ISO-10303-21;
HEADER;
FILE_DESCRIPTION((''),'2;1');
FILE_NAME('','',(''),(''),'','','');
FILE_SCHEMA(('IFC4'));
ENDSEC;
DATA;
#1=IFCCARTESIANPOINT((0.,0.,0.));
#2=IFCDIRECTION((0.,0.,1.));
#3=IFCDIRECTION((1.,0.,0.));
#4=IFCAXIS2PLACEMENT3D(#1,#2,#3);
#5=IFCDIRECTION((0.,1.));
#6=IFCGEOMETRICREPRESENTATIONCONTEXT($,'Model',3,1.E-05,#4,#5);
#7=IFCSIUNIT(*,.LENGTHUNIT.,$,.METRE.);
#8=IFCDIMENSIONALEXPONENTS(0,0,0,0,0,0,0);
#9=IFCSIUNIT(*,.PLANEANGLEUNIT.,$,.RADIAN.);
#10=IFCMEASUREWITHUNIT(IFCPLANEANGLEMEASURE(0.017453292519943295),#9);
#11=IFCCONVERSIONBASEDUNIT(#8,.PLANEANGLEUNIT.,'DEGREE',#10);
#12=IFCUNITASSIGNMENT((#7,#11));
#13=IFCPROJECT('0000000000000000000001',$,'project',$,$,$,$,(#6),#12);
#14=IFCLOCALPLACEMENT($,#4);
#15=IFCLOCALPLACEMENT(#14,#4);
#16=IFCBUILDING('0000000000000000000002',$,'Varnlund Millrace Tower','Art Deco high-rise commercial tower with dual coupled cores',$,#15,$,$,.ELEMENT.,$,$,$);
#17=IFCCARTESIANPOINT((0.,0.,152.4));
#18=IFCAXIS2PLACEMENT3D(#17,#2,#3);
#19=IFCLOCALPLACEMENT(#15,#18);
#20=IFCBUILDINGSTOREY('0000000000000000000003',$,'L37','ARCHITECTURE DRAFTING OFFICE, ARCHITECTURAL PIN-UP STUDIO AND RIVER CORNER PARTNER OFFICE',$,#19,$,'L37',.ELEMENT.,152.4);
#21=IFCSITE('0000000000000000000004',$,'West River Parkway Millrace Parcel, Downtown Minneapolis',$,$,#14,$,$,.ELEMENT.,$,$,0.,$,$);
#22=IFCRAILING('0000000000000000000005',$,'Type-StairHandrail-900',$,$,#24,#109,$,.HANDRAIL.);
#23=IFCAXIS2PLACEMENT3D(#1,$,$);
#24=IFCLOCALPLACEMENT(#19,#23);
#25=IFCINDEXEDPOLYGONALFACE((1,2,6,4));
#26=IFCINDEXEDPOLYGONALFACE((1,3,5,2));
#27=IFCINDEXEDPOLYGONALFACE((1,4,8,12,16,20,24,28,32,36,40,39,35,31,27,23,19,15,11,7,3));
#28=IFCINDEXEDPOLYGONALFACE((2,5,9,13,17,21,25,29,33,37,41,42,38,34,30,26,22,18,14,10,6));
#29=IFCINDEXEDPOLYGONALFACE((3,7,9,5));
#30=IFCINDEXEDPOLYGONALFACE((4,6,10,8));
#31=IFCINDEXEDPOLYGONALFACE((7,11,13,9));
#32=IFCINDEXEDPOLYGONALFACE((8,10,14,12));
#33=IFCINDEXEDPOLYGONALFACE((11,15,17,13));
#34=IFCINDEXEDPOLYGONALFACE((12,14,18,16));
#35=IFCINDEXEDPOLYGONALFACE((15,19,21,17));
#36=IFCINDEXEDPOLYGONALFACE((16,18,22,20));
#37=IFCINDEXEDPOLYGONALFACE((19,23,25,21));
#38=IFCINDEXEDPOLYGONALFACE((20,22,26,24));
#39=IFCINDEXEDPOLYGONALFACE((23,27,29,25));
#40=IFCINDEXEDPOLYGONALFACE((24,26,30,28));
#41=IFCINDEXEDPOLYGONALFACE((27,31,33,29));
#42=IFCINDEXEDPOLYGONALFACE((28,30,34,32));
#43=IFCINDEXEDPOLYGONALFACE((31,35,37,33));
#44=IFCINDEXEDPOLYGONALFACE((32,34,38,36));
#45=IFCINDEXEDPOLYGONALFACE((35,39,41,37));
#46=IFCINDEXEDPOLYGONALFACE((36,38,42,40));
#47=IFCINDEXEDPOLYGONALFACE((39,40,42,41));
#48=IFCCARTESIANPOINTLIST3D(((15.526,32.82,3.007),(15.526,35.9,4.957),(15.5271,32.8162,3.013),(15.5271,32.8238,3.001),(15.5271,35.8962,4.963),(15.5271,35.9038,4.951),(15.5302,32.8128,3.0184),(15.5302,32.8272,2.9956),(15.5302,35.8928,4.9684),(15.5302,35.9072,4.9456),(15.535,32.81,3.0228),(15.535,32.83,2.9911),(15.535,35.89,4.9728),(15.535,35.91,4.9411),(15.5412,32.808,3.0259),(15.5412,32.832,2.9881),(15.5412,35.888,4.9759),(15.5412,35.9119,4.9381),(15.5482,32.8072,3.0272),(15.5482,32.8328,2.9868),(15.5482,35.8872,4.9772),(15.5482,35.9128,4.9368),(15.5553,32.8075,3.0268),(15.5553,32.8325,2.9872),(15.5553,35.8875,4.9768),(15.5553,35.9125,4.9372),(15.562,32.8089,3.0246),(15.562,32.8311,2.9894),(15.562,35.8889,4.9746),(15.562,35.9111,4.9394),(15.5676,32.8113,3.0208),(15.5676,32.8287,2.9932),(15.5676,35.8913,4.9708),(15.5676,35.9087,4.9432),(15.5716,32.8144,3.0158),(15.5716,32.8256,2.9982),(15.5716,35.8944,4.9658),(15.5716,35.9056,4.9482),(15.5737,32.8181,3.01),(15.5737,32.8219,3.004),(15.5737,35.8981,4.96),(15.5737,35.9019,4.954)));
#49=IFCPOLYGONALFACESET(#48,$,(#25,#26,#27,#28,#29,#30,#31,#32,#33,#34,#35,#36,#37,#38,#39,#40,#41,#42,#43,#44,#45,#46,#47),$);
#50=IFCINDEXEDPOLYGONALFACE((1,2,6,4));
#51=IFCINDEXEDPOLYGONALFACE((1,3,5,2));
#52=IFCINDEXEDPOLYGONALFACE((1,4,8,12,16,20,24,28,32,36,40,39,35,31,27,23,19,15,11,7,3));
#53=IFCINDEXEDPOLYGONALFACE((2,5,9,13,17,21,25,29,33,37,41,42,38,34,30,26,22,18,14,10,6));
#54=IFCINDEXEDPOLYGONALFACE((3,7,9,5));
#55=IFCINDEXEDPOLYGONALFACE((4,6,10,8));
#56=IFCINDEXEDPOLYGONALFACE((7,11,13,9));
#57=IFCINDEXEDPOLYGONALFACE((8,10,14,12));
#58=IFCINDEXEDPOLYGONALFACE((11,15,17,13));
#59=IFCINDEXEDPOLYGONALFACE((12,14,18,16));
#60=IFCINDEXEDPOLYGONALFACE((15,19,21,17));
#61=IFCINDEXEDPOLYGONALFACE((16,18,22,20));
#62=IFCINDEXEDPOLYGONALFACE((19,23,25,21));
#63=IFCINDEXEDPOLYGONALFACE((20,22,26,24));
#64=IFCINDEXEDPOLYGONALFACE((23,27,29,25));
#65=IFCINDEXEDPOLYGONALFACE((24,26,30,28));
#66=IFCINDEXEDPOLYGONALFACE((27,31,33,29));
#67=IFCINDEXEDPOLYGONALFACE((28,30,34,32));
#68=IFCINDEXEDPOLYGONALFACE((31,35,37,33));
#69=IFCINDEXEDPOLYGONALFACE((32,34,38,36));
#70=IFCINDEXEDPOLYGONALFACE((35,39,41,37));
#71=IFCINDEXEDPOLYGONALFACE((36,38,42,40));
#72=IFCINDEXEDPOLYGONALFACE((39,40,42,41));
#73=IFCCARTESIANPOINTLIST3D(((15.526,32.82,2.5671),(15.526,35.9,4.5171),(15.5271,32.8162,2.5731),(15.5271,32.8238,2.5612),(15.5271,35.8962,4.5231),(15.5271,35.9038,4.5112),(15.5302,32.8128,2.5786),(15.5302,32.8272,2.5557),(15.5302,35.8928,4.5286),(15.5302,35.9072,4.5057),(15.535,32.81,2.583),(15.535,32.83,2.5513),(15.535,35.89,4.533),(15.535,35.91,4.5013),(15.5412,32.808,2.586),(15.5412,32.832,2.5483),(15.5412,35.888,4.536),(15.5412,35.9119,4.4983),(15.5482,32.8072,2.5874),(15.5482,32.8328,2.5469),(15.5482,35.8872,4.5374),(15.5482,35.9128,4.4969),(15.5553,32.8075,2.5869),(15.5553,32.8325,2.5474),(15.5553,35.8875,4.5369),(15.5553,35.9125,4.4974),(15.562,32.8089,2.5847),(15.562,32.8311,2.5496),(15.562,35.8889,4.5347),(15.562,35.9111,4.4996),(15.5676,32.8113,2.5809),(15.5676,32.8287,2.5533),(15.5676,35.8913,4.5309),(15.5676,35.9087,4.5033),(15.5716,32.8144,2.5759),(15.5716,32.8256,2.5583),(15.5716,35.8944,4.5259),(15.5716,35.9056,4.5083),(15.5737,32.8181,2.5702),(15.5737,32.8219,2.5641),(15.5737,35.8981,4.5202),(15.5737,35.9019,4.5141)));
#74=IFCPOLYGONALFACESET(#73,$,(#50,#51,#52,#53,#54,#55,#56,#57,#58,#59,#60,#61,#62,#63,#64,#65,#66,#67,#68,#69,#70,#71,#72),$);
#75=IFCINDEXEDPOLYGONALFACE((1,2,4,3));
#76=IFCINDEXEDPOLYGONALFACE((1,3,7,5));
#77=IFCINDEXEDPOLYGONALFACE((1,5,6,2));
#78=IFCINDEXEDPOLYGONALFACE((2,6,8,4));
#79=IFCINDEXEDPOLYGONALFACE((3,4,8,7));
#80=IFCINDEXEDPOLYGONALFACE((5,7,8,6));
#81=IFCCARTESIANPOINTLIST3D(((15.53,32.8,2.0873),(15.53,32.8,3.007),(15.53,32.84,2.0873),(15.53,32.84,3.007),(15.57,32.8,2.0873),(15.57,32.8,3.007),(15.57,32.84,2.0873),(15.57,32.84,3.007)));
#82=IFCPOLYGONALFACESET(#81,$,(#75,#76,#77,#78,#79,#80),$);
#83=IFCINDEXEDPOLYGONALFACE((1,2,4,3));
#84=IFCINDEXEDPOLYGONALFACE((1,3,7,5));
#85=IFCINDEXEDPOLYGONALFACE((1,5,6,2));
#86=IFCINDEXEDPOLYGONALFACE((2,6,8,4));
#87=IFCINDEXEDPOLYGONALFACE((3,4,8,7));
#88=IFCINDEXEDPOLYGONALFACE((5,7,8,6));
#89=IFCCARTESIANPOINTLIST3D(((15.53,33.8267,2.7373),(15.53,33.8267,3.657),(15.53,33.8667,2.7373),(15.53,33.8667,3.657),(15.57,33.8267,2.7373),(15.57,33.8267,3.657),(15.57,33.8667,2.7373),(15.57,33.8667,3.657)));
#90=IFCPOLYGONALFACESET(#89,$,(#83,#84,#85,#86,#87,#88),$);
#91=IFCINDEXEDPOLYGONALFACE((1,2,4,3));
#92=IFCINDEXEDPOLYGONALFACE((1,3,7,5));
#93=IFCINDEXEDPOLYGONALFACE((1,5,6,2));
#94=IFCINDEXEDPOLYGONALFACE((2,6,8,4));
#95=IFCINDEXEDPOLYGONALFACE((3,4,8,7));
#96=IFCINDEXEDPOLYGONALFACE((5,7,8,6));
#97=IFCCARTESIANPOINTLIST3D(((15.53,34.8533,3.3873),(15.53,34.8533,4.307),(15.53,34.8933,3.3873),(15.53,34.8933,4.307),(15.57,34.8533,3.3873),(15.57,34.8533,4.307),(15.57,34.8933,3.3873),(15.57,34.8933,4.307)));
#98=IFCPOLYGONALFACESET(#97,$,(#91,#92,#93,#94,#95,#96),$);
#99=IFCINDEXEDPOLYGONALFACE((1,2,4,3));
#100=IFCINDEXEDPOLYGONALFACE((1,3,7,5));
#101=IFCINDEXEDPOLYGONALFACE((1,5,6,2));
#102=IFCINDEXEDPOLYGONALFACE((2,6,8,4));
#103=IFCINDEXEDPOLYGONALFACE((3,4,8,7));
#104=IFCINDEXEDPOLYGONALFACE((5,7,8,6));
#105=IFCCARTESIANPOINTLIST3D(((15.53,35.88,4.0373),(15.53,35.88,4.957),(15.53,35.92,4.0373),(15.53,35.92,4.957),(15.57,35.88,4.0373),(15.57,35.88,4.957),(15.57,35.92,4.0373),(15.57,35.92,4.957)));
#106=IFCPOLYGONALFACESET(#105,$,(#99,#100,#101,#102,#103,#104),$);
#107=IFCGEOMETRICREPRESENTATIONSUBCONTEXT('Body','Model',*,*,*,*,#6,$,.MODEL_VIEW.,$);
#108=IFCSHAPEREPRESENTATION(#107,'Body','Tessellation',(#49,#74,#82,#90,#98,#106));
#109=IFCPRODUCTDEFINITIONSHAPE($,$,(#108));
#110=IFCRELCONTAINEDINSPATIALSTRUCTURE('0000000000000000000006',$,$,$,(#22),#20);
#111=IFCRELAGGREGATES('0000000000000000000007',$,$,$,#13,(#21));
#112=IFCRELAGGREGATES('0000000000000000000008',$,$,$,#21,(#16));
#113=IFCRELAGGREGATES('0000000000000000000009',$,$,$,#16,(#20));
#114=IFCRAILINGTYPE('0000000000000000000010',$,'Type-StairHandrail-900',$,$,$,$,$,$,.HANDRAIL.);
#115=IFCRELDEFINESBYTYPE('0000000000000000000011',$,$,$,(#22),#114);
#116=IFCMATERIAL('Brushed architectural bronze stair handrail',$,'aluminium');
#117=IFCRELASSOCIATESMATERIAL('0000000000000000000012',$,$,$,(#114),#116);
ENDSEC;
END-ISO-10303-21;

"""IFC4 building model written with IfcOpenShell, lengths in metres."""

from ifc_helpers import new_model, entity, si_unit, converted_unit, direction, frame, origin_with_axes, origin_2d_with_axis, place, context, subcontext, project, spatial, rectangle, circle, extrude, material, type_object, element, save


model = new_model("IFC4")

# Units and contexts
model_context = context("Model", 3, precision=1e-05, world=origin_with_axes(), true_north=direction((0.0, 1.0)))
body_context = subcontext(model_context, "Body", "Model", "MODEL_VIEW")
ifc_project = project(units=[si_unit("LENGTHUNIT", "METRE"), converted_unit("PLANEANGLEUNIT", "DEGREE", entity("IfcPlaneAngleMeasure", 0.017453292519943295), si_unit("PLANEANGLEUNIT", "RADIAN"), dimensions=[0, 0, 0, 0, 0, 0, 0])], contexts=[model_context])

# Site, building, storey
site_placement = place(None, origin_with_axes())
site = spatial("IfcSite", under=ifc_project, at=site_placement, Name="West River Parkway Millrace Parcel, Downtown Minneapolis", CompositionType="ELEMENT", RefElevation=0.0)
building_placement = place(site_placement, origin_with_axes())
building = spatial("IfcBuilding", under=site, at=building_placement, Name="Varnlund Millrace Tower", Description="Art Deco high-rise commercial tower with dual coupled cores", CompositionType="ELEMENT")
storey_placement = place(building_placement, frame((0.0, 0.0, 152.4), z_axis=(0.0, 0.0, 1.0), x_axis=(1.0, 0.0, 0.0)))
storey = spatial("IfcBuildingStorey", under=building, at=storey_placement, Name="L37", Description="ARCHITECTURE DRAFTING OFFICE, ARCHITECTURAL PIN-UP STUDIO AND RIVER CORNER PARTNER OFFICE", LongName="L37", CompositionType="ELEMENT", Elevation=152.4)

# Railing
ifc_material_1 = material(Name="Brushed architectural bronze stair handrail", Category="aluminium")
railing_type_1 = type_object("IfcRailingType", Name="Type-StairHandrail-900", PredefinedType="HANDRAIL", material=ifc_material_1)
railing_1_placement = place(storey_placement, frame((0.0, 0.0, -152.4), z_axis=(0.0, 0.0, 1.0), x_axis=(1.0, 0.0, 0.0)))
element("IfcRailing", 1, at=railing_1_placement, inside=storey, type_object=railing_type_1, Name="Type-StairHandrail-900", PredefinedType="HANDRAIL", context=body_context, shape_type="SweptSolid", body=[
    extrude(circle(Radius=0.024, at=origin_2d_with_axis()), frame((15.55, 32.82, 155.407), z_axis=(0.0, 0.844902, 0.534922), x_axis=(-1.0, 0.0, 0.0)), (0.0, 0.0, 1.0), 3.6454),
    extrude(circle(Radius=0.024, at=origin_2d_with_axis()), frame((15.55, 32.82, 154.9671), z_axis=(0.0, 0.844902, 0.534922), x_axis=(-1.0, 0.0, 0.0)), (0.0, 0.0, 1.0), 3.6454),
    extrude(rectangle(XDim=0.04, YDim=0.04, at=origin_2d_with_axis()), frame((15.55, 32.82, 154.4873), z_axis=(0.0, 0.0, 1.0), x_axis=(1.0, 0.0, 0.0)), (0.0, 0.0, 1.0), 0.9197),
    extrude(rectangle(XDim=0.04, YDim=0.04, at=origin_2d_with_axis()), frame((15.55, 33.8467, 155.1373), z_axis=(0.0, 0.0, 1.0), x_axis=(1.0, 0.0, 0.0)), (0.0, 0.0, 1.0), 0.9197),
    extrude(rectangle(XDim=0.04, YDim=0.04, at=origin_2d_with_axis()), frame((15.55, 34.8733, 155.7873), z_axis=(0.0, 0.0, 1.0), x_axis=(1.0, 0.0, 0.0)), (0.0, 0.0, 1.0), 0.9197),
    extrude(rectangle(XDim=0.04, YDim=0.04, at=origin_2d_with_axis()), frame((15.55, 35.9, 156.4373), z_axis=(0.0, 0.0, 1.0), x_axis=(1.0, 0.0, 0.0)), (0.0, 0.0, 1.0), 0.9197),
])

save(model, "model.ifc")
